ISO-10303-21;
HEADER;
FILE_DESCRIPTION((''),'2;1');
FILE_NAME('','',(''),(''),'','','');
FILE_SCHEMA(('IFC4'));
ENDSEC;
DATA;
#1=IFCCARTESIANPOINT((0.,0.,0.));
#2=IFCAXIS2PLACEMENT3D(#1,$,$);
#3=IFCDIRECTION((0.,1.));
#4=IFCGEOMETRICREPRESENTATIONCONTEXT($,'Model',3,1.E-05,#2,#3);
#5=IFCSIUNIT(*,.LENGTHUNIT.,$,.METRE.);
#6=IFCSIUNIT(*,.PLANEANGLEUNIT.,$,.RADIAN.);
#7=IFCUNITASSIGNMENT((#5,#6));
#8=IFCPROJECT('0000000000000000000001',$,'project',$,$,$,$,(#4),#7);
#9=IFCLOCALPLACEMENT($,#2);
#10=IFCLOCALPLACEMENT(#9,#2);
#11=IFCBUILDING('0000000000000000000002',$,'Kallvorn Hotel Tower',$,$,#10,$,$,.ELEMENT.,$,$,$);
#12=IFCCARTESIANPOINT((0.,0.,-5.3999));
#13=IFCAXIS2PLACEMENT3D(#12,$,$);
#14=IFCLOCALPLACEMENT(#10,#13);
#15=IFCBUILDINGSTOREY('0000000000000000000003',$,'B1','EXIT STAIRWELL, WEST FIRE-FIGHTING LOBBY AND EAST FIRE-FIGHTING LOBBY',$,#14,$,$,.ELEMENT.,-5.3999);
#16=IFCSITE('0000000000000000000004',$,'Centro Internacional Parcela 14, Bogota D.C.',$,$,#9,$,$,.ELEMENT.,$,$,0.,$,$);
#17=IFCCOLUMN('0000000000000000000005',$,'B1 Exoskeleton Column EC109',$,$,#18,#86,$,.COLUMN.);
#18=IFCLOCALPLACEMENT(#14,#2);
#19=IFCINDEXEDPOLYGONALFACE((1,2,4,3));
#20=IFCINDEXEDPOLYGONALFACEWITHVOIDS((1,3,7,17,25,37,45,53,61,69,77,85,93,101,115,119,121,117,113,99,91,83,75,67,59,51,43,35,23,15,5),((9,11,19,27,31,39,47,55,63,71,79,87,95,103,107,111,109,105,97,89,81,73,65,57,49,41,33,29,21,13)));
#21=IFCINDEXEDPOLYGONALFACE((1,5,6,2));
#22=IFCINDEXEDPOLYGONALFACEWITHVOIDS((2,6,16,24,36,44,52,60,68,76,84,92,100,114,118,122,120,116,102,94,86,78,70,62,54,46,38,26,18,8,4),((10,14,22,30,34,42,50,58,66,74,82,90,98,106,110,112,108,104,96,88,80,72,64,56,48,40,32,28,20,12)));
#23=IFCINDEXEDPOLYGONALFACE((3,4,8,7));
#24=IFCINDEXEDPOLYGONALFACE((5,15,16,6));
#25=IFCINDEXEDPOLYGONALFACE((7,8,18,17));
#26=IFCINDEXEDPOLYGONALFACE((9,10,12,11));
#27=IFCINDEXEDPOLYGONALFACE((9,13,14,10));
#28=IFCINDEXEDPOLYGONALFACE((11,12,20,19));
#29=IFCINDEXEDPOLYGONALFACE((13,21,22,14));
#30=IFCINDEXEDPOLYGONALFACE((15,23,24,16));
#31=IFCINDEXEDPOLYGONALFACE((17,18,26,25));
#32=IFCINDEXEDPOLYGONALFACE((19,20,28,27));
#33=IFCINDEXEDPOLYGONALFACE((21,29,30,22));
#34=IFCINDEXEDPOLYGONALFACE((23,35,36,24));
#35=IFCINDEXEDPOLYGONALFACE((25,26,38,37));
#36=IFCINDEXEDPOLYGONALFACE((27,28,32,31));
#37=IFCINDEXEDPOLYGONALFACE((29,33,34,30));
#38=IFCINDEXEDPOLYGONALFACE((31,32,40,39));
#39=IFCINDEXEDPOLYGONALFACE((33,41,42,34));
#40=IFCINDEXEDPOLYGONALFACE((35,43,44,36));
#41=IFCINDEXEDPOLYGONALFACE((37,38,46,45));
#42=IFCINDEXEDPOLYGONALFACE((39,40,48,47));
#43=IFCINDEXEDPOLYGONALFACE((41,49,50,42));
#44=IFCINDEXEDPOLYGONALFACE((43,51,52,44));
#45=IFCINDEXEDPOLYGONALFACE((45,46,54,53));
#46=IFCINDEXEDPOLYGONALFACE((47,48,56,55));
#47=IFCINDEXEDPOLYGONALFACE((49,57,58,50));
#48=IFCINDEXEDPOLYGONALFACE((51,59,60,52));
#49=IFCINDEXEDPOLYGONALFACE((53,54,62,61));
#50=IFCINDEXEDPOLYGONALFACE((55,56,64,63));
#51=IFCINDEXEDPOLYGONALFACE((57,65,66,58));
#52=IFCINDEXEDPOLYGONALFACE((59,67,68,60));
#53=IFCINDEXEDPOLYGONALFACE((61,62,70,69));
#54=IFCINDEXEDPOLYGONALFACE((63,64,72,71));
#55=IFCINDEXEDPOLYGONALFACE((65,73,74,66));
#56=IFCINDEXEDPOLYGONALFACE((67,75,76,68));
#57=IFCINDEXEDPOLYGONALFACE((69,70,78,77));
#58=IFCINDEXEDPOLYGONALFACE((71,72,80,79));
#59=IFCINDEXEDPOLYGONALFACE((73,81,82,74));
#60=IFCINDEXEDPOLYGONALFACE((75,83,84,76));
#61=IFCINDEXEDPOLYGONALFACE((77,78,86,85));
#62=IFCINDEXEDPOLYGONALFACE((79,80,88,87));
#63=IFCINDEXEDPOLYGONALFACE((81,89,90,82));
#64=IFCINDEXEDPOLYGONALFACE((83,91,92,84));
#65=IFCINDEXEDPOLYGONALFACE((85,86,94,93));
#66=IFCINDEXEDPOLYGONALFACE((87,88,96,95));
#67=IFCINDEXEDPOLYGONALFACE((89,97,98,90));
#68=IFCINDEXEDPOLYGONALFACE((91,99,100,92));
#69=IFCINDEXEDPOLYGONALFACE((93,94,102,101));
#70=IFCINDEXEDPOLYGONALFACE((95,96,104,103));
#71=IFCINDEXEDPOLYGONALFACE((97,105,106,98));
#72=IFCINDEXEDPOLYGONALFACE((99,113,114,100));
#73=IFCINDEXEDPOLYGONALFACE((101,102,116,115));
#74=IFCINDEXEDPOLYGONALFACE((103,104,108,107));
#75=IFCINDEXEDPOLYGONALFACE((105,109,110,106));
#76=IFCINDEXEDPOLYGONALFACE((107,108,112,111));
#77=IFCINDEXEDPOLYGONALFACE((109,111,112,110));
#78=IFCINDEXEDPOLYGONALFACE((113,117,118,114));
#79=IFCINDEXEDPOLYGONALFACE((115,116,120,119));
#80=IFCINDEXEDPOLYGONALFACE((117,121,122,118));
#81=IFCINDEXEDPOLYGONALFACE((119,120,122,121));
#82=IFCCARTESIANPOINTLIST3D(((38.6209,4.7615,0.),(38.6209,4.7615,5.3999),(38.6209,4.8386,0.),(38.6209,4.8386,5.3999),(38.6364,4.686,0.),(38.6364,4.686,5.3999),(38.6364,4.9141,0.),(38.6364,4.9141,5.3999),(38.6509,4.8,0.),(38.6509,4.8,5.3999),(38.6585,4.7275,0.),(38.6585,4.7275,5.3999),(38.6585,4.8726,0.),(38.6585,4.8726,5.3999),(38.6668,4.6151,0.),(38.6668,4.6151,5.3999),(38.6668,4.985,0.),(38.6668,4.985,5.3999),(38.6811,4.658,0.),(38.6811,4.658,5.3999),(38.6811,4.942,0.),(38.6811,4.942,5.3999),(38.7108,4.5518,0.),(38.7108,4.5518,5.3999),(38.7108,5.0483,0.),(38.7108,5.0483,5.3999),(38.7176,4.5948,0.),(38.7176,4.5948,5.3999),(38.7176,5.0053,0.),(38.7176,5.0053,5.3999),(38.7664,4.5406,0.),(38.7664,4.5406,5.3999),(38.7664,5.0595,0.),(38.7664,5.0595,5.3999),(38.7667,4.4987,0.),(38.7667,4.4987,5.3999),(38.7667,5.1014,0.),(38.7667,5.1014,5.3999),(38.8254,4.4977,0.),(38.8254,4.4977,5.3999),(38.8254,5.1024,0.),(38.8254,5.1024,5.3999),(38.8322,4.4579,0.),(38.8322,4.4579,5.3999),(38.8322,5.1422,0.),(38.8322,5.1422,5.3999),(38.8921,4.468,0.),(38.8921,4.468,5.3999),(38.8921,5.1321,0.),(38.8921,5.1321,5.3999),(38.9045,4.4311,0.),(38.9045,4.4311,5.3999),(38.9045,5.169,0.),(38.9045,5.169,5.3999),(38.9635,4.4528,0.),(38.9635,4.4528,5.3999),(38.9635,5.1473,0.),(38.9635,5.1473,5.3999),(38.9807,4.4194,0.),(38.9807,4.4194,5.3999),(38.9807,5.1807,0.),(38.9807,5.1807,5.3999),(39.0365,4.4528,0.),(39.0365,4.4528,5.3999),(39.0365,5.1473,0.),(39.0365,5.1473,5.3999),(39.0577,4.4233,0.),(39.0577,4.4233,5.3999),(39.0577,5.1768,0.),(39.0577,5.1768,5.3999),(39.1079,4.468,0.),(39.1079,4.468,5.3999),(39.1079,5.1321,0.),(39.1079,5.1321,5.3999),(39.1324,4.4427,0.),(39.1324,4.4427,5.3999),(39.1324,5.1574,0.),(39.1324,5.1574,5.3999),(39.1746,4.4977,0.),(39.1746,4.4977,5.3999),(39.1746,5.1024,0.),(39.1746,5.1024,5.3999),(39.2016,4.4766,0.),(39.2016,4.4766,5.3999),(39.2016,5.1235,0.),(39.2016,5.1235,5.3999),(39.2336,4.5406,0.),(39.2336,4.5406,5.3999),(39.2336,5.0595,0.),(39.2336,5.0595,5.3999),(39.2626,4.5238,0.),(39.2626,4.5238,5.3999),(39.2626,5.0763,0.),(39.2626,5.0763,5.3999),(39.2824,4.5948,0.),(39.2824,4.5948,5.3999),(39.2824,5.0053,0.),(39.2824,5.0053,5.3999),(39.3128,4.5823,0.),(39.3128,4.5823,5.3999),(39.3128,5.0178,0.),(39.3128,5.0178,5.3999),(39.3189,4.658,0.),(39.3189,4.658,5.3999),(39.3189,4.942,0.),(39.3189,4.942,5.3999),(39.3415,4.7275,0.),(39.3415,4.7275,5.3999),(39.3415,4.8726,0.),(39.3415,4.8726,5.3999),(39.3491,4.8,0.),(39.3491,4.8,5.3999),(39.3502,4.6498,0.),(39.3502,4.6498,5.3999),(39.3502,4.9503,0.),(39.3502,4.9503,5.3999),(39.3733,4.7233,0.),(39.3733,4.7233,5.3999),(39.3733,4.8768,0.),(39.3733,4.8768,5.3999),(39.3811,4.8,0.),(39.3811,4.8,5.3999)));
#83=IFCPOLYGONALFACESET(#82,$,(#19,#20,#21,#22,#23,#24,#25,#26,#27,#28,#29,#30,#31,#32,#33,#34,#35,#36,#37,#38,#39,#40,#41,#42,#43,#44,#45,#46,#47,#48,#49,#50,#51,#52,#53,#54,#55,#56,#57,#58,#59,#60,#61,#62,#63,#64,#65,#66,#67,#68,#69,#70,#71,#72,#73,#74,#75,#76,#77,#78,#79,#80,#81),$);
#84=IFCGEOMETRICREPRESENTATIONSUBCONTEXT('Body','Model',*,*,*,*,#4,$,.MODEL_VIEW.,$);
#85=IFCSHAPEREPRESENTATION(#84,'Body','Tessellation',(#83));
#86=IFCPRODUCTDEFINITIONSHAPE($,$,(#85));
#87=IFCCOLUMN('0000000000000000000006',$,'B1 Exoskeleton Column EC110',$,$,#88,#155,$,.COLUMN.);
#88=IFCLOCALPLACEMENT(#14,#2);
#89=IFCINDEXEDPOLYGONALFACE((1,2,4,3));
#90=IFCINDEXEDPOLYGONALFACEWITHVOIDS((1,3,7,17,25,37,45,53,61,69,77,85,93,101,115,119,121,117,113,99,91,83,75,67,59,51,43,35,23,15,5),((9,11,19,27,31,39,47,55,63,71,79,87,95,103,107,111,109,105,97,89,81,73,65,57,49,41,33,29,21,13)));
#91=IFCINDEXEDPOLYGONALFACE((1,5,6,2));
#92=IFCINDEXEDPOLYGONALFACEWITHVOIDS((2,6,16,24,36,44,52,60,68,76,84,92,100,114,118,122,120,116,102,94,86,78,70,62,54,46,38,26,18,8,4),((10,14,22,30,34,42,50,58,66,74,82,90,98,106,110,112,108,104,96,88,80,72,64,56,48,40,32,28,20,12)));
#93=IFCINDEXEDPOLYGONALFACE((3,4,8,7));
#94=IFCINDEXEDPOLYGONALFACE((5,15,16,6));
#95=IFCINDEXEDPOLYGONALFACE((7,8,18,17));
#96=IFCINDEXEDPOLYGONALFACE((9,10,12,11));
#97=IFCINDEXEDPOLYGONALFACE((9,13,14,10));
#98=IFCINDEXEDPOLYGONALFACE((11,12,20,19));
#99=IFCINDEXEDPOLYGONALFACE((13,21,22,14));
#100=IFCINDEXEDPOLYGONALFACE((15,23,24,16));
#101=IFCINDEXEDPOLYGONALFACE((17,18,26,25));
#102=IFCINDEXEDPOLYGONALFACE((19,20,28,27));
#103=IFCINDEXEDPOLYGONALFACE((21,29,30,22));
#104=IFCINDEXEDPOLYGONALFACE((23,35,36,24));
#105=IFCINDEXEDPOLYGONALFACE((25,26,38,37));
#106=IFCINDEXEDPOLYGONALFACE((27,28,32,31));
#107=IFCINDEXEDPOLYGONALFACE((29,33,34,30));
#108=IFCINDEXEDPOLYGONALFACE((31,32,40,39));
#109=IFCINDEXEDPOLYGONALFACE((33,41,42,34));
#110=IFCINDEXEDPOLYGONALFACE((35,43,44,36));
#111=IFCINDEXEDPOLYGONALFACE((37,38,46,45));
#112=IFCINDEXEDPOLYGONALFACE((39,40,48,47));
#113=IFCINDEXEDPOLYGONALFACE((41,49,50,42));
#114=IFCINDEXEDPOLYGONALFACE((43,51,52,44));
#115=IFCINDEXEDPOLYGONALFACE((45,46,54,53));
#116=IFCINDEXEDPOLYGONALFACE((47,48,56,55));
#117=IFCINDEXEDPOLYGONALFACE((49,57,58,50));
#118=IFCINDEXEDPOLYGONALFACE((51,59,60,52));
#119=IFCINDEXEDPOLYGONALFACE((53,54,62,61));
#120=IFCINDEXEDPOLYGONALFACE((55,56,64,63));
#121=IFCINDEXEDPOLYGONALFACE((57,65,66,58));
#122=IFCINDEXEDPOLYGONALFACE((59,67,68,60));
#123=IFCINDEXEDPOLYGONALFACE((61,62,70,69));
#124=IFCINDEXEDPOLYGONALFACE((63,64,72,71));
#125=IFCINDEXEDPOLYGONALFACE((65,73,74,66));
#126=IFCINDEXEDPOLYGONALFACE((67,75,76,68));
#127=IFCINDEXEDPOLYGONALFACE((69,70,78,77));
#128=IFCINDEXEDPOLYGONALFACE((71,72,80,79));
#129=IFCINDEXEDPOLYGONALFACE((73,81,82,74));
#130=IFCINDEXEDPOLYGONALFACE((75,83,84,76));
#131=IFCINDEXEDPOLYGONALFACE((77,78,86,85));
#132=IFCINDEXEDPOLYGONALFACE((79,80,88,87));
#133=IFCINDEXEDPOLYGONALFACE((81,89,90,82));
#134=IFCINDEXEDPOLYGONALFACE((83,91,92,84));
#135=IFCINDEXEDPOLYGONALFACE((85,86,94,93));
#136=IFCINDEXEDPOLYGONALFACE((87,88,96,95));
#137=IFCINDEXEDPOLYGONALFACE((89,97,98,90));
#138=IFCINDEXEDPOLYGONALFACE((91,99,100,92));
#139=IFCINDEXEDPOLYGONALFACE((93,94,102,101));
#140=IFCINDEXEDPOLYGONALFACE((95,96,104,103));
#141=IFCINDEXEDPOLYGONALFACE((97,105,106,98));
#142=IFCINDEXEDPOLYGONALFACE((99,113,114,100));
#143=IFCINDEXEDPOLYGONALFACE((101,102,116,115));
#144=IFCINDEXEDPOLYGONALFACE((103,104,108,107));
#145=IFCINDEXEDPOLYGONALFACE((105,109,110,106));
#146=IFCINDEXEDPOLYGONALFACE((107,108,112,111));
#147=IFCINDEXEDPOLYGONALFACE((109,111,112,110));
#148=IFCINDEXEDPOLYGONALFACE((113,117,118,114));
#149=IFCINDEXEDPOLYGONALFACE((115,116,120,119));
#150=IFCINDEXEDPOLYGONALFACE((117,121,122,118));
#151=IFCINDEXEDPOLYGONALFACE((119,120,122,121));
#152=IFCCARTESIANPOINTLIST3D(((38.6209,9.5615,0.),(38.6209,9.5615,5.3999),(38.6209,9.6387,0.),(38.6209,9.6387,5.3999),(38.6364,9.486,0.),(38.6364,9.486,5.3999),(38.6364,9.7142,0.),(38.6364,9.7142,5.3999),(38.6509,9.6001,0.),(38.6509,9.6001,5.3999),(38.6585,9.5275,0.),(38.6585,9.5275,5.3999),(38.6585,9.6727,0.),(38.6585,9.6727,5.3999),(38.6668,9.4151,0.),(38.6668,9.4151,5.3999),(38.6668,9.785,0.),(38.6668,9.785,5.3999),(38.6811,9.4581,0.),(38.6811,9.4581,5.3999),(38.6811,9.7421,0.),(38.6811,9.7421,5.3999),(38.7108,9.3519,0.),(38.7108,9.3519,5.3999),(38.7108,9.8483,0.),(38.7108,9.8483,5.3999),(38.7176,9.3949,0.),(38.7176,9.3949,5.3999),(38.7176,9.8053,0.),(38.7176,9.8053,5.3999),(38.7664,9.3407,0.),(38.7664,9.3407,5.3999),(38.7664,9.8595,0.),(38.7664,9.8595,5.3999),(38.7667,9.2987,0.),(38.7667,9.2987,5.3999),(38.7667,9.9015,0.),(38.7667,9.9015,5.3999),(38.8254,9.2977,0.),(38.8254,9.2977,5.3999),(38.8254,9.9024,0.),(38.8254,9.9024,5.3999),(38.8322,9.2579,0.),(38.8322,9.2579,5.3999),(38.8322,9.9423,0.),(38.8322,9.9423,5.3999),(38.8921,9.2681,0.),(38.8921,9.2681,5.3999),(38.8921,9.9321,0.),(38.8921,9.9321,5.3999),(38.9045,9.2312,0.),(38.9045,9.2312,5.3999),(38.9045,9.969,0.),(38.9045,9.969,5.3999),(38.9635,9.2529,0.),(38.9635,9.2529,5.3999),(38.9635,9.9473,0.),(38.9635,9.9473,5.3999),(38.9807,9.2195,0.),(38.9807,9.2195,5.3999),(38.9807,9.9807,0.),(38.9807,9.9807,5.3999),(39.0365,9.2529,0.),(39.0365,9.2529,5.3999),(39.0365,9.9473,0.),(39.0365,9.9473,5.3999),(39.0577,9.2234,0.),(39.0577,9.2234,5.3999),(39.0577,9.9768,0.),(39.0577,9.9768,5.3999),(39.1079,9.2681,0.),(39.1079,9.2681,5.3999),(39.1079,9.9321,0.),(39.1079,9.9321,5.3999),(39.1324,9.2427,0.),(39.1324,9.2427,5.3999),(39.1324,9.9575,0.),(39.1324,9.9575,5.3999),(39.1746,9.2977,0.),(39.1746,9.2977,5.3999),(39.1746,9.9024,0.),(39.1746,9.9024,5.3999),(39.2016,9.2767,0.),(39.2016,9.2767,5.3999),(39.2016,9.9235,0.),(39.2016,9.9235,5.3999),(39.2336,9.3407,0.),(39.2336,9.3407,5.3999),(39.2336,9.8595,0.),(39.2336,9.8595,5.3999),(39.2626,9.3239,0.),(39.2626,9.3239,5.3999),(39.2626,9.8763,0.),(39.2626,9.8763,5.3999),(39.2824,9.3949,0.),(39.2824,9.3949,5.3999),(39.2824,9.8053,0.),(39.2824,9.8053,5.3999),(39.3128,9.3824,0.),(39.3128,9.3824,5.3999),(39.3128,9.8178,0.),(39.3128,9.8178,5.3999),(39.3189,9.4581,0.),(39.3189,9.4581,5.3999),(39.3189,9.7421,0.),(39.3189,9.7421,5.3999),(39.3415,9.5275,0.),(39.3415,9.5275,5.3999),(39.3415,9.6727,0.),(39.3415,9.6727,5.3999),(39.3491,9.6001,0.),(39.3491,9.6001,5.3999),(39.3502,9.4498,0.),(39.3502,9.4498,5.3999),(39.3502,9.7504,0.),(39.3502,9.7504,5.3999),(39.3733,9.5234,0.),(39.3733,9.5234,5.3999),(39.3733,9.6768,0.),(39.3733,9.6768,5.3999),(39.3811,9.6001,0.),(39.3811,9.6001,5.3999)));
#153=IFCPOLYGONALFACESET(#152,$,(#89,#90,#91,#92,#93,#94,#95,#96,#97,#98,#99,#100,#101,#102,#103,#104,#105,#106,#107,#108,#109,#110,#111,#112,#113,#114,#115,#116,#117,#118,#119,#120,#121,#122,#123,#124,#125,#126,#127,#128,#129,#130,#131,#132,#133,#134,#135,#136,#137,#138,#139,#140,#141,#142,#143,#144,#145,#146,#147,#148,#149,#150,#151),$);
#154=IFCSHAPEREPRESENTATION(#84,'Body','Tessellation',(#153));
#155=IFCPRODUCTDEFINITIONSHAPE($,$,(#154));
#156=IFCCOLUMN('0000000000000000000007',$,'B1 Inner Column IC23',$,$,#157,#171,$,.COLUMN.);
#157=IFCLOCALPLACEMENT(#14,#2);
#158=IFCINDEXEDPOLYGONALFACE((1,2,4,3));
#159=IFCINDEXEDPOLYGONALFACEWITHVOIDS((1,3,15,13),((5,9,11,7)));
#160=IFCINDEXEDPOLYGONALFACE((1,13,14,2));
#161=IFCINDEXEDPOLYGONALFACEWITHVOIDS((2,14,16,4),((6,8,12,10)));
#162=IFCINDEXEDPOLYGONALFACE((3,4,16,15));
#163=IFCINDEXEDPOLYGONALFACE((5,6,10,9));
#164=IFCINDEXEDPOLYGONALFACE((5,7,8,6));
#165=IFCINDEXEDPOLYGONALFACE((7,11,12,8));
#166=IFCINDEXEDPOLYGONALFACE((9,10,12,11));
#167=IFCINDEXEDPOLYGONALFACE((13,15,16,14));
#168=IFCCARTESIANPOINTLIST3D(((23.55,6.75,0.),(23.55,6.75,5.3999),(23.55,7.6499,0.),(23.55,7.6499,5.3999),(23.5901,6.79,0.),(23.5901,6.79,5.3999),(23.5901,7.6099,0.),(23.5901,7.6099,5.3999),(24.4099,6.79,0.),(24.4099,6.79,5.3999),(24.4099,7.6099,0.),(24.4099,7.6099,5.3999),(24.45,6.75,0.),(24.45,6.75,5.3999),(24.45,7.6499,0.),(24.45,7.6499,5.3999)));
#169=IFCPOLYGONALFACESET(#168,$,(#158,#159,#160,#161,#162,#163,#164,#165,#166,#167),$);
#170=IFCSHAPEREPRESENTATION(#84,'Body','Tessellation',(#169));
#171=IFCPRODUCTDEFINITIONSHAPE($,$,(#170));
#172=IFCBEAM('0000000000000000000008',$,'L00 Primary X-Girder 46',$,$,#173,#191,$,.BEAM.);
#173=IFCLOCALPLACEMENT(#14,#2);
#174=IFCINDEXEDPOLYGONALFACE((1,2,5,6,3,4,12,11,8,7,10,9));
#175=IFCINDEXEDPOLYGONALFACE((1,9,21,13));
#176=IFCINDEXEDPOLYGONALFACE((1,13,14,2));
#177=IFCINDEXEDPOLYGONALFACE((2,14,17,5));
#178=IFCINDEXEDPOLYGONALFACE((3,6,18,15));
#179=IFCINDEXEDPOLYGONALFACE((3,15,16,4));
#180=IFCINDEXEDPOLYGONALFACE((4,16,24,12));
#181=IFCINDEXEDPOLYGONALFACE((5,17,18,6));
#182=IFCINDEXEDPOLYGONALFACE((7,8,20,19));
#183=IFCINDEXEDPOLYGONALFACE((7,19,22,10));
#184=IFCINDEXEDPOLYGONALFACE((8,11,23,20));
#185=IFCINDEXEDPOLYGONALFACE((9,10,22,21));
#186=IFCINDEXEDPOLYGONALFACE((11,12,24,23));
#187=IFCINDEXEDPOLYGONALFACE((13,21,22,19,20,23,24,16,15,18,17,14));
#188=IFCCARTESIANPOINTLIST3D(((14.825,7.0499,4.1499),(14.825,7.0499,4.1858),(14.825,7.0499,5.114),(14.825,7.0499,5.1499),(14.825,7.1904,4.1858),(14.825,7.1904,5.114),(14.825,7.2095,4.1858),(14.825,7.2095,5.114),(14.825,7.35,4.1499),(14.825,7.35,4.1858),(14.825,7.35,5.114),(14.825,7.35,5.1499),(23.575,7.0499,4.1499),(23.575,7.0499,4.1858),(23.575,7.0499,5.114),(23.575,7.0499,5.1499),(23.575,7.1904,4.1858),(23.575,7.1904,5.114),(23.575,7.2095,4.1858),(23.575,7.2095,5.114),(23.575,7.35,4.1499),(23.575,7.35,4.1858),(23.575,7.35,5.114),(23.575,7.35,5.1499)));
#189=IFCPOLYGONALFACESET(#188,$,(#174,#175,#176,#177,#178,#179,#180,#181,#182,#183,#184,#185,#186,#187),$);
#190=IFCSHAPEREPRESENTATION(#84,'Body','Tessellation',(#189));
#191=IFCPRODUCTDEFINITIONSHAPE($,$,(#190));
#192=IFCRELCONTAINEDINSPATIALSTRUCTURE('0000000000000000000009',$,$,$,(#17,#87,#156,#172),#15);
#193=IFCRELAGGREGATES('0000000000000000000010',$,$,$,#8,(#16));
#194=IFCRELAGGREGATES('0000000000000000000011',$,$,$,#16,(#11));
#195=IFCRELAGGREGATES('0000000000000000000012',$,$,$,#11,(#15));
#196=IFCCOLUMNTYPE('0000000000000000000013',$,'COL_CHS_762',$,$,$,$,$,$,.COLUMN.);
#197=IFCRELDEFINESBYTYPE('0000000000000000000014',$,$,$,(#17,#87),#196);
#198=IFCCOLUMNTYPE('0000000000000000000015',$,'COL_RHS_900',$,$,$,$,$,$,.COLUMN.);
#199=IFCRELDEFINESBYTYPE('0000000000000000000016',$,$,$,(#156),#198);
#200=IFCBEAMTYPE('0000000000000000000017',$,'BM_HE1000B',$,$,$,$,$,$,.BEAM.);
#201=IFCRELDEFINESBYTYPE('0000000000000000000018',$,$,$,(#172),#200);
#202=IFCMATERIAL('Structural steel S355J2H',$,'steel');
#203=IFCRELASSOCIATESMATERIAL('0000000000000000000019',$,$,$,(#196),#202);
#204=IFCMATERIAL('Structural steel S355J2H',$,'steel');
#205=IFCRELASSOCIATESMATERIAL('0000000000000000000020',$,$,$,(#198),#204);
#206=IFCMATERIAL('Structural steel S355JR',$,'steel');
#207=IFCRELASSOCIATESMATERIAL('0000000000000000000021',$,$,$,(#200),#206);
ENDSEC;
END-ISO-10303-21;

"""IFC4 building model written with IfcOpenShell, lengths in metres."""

from ifc_helpers import new_model, si_unit, direction, frame, origin, origin_2d, place, context, subcontext, project, spatial, hollow_rectangle, hollow_circle, i_section, extrude, material, material_profile, profile_set, type_object, element, save


model = new_model("IFC4")

# Units and contexts
model_context = context("Model", 3, precision=1e-05, world=origin(), true_north=direction((0.0, 1.0)))
body_context = subcontext(model_context, "Body", "Model", "MODEL_VIEW")
ifc_project = project(units=[si_unit("LENGTHUNIT", "METRE"), si_unit("PLANEANGLEUNIT", "RADIAN")], contexts=[model_context])

# Site, building, storey
site_placement = place(None, origin())
site = spatial("IfcSite", under=ifc_project, at=site_placement, Name="Centro Internacional Parcela 14, Bogota D.C.", CompositionType="ELEMENT", RefElevation=0.0)
building_placement = place(site_placement, origin())
building = spatial("IfcBuilding", under=site, at=building_placement, Name="Kallvorn Hotel Tower", CompositionType="ELEMENT")
storey_placement = place(building_placement, frame((0.0, 0.0, -5.3999)))
storey = spatial("IfcBuildingStorey", under=building, at=storey_placement, Name="B1", Description="EXIT STAIRWELL, WEST FIRE-FIGHTING LOBBY AND EAST FIRE-FIGHTING LOBBY", CompositionType="ELEMENT", Elevation=-5.3999)

# Columns
ifc_material_1 = material(Name="Structural steel S355J2H", Category="steel")
ifc_material_profile_1 = material_profile(ifc_material_1, hollow_circle(Radius=0.3811, WallThickness=0.032, at=origin_2d()), Name="CHS 762x32")
ifc_profile_set_1 = profile_set([ifc_material_profile_1], Name="Structural steel S355J2H")
column_type_1 = type_object("IfcColumnType", Name="COL_CHS_762", PredefinedType="COLUMN", material=ifc_profile_set_1)
for number, where, z_axis, x_axis, name in (
    (1, (39.0, 4.8, 0.0), (0.0, 0.0, 1.0), (1.0, 0.0, 0.0), "B1 Exoskeleton Column EC109"),
    (2, (39.0, 9.6001, 0.0), (0.0, 0.0, 1.0), (1.0, 0.0, 0.0), "B1 Exoskeleton Column EC110"),
):
    element("IfcColumn", number, at=place(storey_placement, frame(where, z_axis=z_axis, x_axis=x_axis)), inside=storey, type_object=column_type_1, Name=name, PredefinedType="COLUMN", context=body_context, shape_type="SweptSolid", body=[
        extrude(hollow_circle(Radius=0.3811, WallThickness=0.032, at=origin_2d()), origin(), (0.0, 0.0, 1.0), 5.3999),
    ])
ifc_material_2 = material(Name="Structural steel S355J2H", Category="steel")
ifc_material_profile_2 = material_profile(ifc_material_2, hollow_rectangle(XDim=0.8999, YDim=0.8999, WallThickness=0.04, at=origin_2d()), Name="RHS 900x900x40")
ifc_profile_set_2 = profile_set([ifc_material_profile_2], Name="Structural steel S355J2H")
column_type_2 = type_object("IfcColumnType", Name="COL_RHS_900", PredefinedType="COLUMN", material=ifc_profile_set_2)
column_placement = place(storey_placement, frame((24.0, 7.2, 0.0), z_axis=(0.0, 0.0, 1.0), x_axis=(1.0, 0.0, 0.0)))
element("IfcColumn", 3, at=column_placement, inside=storey, type_object=column_type_2, Name="B1 Inner Column IC23", PredefinedType="COLUMN", context=body_context, shape_type="SweptSolid", body=[
    extrude(hollow_rectangle(XDim=0.8999, YDim=0.8999, WallThickness=0.04, at=origin_2d()), origin(), (0.0, 0.0, 1.0), 5.3999),
])

# Beam
ifc_material_3 = material(Name="Structural steel S355JR", Category="steel")
ifc_material_profile_3 = material_profile(ifc_material_3, i_section(OverallWidth=0.3, OverallDepth=1.0, WebThickness=0.019, FlangeThickness=0.0359, at=origin_2d()), Name="HE 1000 B")
ifc_profile_set_3 = profile_set([ifc_material_profile_3], Name="Structural steel S355JR")
beam_type_1 = type_object("IfcBeamType", Name="BM_HE1000B", PredefinedType="BEAM", material=ifc_profile_set_3)
beam_1_placement = place(storey_placement, frame((14.825, 7.2, 4.6499), z_axis=(1.0, 0.0, 0.0), x_axis=(0.0, 1.0, 0.0)))
element("IfcBeam", 4, at=beam_1_placement, inside=storey, type_object=beam_type_1, Name="L00 Primary X-Girder 46", PredefinedType="BEAM", context=body_context, shape_type="SweptSolid", body=[
    extrude(i_section(OverallWidth=0.3, OverallDepth=1.0, WebThickness=0.019, FlangeThickness=0.0359, at=origin_2d()), origin(), (0.0, 0.0, 1.0), 8.75),
])

save(model, "model.ifc")
